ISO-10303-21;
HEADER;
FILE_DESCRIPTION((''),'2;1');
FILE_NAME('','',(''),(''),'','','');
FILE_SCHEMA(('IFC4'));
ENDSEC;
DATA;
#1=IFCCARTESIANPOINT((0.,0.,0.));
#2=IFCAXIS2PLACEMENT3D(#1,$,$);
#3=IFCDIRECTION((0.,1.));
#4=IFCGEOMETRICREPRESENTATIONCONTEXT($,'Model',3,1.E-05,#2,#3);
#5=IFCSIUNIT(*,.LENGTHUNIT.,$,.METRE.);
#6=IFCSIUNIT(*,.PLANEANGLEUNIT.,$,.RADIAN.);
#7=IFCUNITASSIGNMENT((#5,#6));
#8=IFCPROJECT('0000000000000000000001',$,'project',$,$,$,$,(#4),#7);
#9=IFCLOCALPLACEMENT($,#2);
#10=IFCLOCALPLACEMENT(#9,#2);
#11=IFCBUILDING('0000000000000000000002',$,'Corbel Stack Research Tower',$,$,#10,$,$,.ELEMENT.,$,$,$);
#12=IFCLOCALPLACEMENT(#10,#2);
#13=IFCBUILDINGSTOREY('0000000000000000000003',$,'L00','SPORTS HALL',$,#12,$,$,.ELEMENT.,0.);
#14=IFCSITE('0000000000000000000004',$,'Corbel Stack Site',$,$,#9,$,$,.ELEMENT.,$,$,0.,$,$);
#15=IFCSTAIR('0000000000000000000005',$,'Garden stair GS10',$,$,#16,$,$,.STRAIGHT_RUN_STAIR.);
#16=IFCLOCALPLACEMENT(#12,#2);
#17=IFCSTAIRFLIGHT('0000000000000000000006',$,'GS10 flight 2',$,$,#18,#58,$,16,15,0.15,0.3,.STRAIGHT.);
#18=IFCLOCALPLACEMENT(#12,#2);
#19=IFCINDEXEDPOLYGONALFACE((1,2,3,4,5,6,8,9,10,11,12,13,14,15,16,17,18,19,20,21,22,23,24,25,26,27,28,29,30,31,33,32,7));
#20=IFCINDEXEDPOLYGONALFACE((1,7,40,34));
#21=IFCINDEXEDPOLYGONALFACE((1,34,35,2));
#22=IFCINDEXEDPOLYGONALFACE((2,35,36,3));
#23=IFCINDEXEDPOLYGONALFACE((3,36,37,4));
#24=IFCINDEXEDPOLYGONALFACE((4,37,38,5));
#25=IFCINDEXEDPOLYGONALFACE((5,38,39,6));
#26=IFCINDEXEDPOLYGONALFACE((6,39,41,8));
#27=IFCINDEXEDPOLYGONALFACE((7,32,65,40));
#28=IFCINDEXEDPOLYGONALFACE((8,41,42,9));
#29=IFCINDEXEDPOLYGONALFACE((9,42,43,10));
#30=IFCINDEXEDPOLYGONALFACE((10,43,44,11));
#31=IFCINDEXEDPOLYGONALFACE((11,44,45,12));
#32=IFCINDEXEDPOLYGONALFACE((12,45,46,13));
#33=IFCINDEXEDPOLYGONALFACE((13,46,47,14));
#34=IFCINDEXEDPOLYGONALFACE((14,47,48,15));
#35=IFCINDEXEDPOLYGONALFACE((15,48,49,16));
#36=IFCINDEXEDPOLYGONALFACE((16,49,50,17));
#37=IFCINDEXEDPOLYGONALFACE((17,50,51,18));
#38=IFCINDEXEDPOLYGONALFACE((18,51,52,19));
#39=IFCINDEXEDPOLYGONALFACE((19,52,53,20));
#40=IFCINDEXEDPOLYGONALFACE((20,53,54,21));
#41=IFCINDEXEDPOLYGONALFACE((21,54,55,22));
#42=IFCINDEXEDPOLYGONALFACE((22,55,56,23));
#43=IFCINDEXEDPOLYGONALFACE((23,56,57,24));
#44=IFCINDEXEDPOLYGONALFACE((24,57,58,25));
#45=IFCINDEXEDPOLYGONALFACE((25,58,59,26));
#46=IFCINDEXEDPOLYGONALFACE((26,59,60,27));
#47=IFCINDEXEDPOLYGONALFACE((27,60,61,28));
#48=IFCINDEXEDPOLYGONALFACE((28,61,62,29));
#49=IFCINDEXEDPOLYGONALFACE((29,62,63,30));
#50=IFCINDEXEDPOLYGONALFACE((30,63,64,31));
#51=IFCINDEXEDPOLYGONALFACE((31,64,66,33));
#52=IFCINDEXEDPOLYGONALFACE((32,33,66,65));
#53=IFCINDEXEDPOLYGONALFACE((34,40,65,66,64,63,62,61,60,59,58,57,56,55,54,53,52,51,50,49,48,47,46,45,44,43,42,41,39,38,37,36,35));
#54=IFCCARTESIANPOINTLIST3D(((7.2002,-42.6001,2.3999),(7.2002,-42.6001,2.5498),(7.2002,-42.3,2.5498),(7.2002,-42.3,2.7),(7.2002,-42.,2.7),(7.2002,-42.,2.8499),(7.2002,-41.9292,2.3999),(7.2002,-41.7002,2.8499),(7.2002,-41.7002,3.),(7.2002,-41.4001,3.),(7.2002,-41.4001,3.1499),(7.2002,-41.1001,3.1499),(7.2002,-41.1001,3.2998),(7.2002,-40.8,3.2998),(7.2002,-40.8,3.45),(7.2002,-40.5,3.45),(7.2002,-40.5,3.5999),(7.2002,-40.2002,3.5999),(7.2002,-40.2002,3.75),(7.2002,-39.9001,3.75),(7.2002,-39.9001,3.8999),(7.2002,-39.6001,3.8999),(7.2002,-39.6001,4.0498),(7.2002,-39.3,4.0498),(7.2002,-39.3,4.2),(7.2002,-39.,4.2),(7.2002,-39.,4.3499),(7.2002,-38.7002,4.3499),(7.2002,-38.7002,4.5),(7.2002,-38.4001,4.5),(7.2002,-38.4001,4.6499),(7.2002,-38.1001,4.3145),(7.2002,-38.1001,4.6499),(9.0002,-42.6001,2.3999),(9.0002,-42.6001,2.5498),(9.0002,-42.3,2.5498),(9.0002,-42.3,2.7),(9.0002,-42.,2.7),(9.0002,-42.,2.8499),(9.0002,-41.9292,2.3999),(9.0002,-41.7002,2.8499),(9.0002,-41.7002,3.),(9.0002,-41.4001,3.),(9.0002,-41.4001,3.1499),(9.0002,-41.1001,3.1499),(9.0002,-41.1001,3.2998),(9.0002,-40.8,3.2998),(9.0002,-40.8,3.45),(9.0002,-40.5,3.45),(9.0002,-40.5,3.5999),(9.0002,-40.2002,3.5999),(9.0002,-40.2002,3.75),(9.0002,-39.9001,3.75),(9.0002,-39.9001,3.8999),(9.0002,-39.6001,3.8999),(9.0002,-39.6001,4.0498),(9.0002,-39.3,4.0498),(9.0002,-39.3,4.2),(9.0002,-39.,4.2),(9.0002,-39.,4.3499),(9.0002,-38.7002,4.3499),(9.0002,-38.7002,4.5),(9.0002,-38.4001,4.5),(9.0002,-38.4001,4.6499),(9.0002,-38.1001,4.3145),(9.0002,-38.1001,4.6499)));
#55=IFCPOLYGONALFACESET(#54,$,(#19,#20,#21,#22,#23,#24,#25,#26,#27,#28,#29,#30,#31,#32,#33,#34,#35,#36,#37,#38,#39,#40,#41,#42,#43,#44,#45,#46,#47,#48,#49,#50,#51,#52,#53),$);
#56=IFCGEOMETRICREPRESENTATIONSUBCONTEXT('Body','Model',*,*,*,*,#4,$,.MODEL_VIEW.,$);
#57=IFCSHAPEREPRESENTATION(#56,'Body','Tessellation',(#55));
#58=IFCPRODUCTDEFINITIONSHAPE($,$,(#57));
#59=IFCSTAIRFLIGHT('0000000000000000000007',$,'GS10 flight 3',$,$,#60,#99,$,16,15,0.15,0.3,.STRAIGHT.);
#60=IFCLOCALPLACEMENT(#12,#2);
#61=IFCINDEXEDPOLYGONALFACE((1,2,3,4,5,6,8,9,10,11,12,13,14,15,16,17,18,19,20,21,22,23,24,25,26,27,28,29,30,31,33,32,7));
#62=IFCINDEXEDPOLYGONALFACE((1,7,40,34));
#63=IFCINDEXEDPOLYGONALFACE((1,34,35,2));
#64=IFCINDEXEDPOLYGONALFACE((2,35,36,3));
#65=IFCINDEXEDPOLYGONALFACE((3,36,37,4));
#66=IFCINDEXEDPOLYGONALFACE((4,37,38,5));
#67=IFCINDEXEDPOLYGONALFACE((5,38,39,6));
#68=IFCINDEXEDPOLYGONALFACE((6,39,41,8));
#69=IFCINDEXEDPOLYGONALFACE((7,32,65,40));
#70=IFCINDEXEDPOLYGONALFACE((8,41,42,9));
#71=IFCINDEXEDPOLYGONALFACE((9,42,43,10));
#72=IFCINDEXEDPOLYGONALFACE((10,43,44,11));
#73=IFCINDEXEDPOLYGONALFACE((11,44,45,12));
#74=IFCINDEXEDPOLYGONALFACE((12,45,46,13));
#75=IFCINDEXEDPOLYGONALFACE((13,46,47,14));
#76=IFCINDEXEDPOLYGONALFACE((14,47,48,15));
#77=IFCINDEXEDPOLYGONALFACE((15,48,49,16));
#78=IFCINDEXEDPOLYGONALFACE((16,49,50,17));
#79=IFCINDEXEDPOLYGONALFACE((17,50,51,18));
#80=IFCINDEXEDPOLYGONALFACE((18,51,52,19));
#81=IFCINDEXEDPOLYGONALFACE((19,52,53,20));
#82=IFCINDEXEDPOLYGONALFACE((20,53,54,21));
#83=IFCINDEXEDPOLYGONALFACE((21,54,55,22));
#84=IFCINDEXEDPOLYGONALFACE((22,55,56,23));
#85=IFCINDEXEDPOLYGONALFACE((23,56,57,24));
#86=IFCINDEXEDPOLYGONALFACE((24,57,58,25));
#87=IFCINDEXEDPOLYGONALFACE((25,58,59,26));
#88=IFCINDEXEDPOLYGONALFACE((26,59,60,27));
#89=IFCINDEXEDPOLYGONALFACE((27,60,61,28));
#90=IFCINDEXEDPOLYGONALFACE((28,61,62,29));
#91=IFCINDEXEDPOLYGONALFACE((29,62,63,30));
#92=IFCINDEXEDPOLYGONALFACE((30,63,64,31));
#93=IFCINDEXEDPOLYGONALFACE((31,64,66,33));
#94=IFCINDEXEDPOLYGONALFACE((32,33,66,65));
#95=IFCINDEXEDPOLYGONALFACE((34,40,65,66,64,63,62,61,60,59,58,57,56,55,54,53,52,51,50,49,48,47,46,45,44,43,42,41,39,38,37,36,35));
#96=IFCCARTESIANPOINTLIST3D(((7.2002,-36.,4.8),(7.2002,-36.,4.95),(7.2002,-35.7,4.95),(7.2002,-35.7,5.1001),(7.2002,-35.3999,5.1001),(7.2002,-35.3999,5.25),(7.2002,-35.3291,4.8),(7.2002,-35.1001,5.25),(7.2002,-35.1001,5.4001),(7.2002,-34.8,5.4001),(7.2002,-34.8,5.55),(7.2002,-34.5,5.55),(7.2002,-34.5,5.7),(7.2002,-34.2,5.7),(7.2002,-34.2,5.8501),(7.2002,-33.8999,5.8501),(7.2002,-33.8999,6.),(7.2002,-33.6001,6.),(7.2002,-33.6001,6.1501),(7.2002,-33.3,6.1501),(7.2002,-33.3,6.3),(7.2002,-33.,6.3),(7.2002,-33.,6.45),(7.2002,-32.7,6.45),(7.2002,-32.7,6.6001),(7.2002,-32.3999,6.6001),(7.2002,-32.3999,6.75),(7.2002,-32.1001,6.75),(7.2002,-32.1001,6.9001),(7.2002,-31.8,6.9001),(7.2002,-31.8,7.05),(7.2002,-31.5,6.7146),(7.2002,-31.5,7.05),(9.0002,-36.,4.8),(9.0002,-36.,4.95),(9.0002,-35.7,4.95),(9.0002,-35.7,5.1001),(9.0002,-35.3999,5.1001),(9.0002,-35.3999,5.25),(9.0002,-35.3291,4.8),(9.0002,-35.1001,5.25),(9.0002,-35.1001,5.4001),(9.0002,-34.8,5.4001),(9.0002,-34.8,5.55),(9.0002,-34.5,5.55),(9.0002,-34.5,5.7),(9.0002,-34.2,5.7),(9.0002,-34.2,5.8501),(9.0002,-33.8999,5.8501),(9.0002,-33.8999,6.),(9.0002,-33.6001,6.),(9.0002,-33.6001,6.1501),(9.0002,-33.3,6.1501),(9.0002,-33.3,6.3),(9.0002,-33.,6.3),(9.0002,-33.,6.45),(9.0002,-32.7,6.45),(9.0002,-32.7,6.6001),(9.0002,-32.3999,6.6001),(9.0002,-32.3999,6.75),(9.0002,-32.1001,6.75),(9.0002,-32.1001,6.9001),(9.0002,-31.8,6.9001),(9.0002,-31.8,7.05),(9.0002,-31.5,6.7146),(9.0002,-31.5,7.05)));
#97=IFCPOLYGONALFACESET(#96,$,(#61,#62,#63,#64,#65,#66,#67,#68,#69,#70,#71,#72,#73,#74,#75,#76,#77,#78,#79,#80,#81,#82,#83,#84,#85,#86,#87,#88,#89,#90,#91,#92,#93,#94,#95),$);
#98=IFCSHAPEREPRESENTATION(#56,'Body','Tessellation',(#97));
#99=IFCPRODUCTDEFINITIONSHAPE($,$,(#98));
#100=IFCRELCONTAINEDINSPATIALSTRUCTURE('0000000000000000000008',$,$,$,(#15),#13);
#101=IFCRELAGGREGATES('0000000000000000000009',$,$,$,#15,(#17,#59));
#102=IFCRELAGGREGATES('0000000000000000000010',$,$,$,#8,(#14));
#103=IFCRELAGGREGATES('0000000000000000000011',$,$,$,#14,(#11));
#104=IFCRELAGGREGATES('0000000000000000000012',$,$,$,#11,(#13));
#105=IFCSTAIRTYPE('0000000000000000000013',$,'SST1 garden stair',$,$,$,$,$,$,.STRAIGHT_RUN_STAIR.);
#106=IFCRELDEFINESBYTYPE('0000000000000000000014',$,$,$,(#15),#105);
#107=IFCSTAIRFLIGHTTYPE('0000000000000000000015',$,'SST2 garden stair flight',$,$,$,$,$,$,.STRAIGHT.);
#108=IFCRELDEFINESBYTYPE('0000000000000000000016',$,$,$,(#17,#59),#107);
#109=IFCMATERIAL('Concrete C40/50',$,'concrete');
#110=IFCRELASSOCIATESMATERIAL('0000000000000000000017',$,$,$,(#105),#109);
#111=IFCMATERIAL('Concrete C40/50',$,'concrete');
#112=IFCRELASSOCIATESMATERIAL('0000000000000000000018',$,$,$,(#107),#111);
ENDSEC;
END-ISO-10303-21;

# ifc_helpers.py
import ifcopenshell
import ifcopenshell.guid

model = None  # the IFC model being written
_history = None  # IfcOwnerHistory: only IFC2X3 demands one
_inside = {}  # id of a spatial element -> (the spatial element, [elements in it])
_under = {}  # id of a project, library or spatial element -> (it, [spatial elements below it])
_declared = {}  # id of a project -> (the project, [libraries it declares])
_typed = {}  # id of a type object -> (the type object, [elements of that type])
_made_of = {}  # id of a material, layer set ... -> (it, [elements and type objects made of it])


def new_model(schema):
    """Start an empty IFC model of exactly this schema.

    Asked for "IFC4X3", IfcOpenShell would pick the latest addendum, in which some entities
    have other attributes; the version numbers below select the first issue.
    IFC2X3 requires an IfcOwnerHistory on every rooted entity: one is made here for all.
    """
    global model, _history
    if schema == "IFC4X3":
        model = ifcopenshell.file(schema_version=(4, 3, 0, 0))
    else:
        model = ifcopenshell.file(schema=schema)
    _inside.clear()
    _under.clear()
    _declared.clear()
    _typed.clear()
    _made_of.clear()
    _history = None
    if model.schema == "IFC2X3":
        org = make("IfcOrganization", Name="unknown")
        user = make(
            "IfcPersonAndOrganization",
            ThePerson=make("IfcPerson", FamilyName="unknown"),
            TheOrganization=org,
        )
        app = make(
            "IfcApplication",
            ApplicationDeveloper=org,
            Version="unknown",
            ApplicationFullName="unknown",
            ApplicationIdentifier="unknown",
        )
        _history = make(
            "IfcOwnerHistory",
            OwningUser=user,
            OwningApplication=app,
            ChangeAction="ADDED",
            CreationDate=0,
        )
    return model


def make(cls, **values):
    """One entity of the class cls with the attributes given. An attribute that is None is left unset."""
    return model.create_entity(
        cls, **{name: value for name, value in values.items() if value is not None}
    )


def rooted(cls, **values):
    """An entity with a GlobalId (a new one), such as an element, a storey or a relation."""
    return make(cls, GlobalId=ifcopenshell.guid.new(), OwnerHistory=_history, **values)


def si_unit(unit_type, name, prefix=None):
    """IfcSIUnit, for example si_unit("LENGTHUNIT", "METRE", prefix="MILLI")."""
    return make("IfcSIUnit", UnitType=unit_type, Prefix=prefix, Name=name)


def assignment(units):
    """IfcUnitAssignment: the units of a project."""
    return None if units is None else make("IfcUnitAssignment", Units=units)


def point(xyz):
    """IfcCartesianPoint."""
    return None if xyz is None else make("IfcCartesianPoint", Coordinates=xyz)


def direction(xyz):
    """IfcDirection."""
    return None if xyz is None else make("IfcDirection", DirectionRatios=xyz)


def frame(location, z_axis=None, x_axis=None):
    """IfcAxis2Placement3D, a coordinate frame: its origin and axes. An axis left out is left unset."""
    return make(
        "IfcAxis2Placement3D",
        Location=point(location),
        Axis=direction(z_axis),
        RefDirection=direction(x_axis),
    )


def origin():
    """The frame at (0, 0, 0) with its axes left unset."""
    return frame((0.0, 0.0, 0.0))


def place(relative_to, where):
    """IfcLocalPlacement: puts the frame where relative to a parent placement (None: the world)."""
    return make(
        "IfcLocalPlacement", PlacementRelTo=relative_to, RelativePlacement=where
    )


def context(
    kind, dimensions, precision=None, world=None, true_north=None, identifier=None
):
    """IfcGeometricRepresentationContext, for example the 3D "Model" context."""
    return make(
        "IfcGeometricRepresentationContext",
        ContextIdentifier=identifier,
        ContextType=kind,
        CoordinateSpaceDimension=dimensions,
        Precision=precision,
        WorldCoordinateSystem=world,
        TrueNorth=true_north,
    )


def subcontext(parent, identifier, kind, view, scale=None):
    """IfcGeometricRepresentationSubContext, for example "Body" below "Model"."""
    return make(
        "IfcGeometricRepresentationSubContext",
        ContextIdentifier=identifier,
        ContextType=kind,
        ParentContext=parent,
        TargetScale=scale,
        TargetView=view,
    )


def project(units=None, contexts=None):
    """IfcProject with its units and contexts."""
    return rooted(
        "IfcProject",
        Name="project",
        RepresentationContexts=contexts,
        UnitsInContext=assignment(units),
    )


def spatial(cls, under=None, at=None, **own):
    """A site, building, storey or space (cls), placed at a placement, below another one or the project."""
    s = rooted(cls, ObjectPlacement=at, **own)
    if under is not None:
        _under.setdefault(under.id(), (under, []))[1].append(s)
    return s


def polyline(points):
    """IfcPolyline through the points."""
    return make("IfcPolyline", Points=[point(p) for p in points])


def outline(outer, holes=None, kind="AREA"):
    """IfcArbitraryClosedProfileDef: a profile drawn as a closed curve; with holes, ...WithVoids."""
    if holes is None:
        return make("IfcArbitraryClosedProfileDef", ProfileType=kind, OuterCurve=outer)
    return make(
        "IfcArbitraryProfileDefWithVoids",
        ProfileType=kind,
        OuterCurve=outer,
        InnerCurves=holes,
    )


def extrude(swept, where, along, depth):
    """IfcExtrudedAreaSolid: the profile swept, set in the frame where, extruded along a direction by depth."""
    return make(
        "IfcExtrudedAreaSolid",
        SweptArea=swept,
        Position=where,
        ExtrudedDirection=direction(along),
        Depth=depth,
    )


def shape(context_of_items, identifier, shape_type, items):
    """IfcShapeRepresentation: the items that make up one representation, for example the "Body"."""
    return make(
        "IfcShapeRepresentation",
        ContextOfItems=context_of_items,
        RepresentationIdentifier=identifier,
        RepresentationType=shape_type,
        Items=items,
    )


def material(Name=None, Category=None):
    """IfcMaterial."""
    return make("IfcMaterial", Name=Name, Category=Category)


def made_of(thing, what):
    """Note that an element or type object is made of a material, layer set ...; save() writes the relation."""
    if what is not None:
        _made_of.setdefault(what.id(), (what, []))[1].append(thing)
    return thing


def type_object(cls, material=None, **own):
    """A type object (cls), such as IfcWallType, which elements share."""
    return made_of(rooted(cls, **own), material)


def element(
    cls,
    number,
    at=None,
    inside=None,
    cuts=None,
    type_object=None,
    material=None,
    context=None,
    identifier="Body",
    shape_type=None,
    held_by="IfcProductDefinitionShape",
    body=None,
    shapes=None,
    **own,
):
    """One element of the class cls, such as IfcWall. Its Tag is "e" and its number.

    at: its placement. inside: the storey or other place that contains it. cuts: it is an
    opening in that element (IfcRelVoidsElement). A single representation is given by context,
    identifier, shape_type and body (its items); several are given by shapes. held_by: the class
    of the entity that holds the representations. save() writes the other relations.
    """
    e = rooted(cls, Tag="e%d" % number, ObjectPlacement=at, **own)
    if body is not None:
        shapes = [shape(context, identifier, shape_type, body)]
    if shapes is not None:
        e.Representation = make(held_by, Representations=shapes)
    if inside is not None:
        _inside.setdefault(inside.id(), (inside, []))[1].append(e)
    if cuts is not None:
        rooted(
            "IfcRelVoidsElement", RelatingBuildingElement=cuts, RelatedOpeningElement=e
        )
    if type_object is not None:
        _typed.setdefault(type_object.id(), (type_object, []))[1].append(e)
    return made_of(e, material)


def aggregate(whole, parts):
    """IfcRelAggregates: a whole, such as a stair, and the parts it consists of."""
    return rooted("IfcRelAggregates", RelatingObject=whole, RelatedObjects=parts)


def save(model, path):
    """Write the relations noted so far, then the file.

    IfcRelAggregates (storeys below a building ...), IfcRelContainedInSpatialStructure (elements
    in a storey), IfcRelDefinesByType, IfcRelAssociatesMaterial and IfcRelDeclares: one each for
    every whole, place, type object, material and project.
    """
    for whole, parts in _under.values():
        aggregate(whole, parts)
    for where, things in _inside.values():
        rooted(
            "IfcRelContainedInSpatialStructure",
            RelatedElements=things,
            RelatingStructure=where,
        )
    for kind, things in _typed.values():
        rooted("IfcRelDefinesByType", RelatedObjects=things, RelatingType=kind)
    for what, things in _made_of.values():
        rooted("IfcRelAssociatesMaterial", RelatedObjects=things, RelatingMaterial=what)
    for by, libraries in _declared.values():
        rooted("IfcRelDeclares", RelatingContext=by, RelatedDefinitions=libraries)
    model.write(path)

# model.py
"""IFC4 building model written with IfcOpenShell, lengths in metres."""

from ifc_helpers import new_model, si_unit, direction, frame, origin, place, context, subcontext, project, spatial, polyline, outline, extrude, material, type_object, element, aggregate, save


model = new_model("IFC4")

# Units and contexts
model_context = context("Model", 3, precision=1e-05, world=origin(), true_north=direction((0.0, 1.0)))
body_context = subcontext(model_context, "Body", "Model", "MODEL_VIEW")
ifc_project = project(units=[si_unit("LENGTHUNIT", "METRE"), si_unit("PLANEANGLEUNIT", "RADIAN")], contexts=[model_context])

# Site, building, storey
site_placement = place(None, origin())
site = spatial("IfcSite", under=ifc_project, at=site_placement, Name="Corbel Stack Site", CompositionType="ELEMENT", RefElevation=0.0)
building_placement = place(site_placement, origin())
building = spatial("IfcBuilding", under=site, at=building_placement, Name="Corbel Stack Research Tower", CompositionType="ELEMENT")
storey_placement = place(building_placement, origin())
storey = spatial("IfcBuildingStorey", under=building, at=storey_placement, Name="L00", Description="SPORTS HALL", CompositionType="ELEMENT", Elevation=0.0)

# Shared definitions
ifc_material_1 = material(Name="Concrete C40/50", Category="concrete")
stair_type = type_object("IfcStairType", Name="SST1 garden stair", PredefinedType="STRAIGHT_RUN_STAIR", material=ifc_material_1)
ifc_material_2 = material(Name="Concrete C40/50", Category="concrete")
stair_flight_type = type_object("IfcStairFlightType", Name="SST2 garden stair flight", PredefinedType="STRAIGHT", material=ifc_material_2)

# Stair, stair flights
stair_1_placement = place(storey_placement, origin())
stair_1 = element("IfcStair", 1, at=stair_1_placement, inside=storey, type_object=stair_type, Name="Garden stair GS10", PredefinedType="STRAIGHT_RUN_STAIR")
stair_flight_1_placement = place(storey_placement, frame((8.1001, -42.6001, 2.3999), z_axis=(0.0, 0.0, 1.0), x_axis=(0.0, 1.0, 0.0)))
stair_flight_1 = element("IfcStairFlight", 2, at=stair_flight_1_placement, type_object=stair_flight_type, Name="GS10 flight 2", NumberOfRisers=16, NumberOfTreads=15, PredefinedType="STRAIGHT", RiserHeight=0.15, TreadLength=0.3, context=body_context, shape_type="SweptSolid", body=[
    extrude(outline(polyline([(0.0, 0.0), (0.0, 0.1499), (0.3, 0.1499), (0.3, 0.3), (0.6001, 0.3), (0.6001, 0.45), (0.8999, 0.45), (0.8999, 0.6001), (1.2, 0.6001), (1.2, 0.75), (1.5, 0.75), (1.5, 0.8999), (1.8, 0.8999), (1.8, 1.05), (2.1001, 1.05), (2.1001, 1.2), (2.3999, 1.2), (2.3999, 1.3501), (2.7, 1.3501), (2.7, 1.5), (3.0, 1.5), (3.0, 1.6499), (3.3, 1.6499), (3.3, 1.8), (3.6001, 1.8), (3.6001, 1.95), (3.8999, 1.95), (3.8999, 2.1001), (4.2, 2.1001), (4.2, 2.25), (4.5, 2.25), (4.5, 2.3999), (4.5, 1.9146), (0.6709, 0.0), (0.0, 0.0)])), frame((0.0, 0.8999, 0.0), z_axis=(0.0, -1.0, 0.0), x_axis=(1.0, 0.0, 0.0)), (0.0, 0.0, 1.0), 1.8),
])
stair_flight_2_placement = place(storey_placement, frame((8.1001, -36.0, 4.8), z_axis=(0.0, 0.0, 1.0), x_axis=(0.0, 1.0, 0.0)))
stair_flight_2 = element("IfcStairFlight", 3, at=stair_flight_2_placement, type_object=stair_flight_type, Name="GS10 flight 3", NumberOfRisers=16, NumberOfTreads=15, PredefinedType="STRAIGHT", RiserHeight=0.15, TreadLength=0.3, context=body_context, shape_type="SweptSolid", body=[
    extrude(outline(polyline([(0.0, 0.0), (0.0, 0.1499), (0.3, 0.1499), (0.3, 0.3), (0.6001, 0.3), (0.6001, 0.45), (0.8999, 0.45), (0.8999, 0.6001), (1.2, 0.6001), (1.2, 0.75), (1.5, 0.75), (1.5, 0.8999), (1.8, 0.8999), (1.8, 1.05), (2.1001, 1.05), (2.1001, 1.2), (2.3999, 1.2), (2.3999, 1.3501), (2.7, 1.3501), (2.7, 1.5), (3.0, 1.5), (3.0, 1.6499), (3.3, 1.6499), (3.3, 1.8), (3.6001, 1.8), (3.6001, 1.95), (3.8999, 1.95), (3.8999, 2.1001), (4.2, 2.1001), (4.2, 2.25), (4.5, 2.25), (4.5, 2.3999), (4.5, 1.9146), (0.6709, 0.0), (0.0, 0.0)])), frame((0.0, 0.8999, 0.0), z_axis=(0.0, -1.0, 0.0), x_axis=(1.0, 0.0, 0.0)), (0.0, 0.0, 1.0), 1.8),
])
aggregate(stair_1, [stair_flight_1, stair_flight_2])

save(model, "model.ifc")
